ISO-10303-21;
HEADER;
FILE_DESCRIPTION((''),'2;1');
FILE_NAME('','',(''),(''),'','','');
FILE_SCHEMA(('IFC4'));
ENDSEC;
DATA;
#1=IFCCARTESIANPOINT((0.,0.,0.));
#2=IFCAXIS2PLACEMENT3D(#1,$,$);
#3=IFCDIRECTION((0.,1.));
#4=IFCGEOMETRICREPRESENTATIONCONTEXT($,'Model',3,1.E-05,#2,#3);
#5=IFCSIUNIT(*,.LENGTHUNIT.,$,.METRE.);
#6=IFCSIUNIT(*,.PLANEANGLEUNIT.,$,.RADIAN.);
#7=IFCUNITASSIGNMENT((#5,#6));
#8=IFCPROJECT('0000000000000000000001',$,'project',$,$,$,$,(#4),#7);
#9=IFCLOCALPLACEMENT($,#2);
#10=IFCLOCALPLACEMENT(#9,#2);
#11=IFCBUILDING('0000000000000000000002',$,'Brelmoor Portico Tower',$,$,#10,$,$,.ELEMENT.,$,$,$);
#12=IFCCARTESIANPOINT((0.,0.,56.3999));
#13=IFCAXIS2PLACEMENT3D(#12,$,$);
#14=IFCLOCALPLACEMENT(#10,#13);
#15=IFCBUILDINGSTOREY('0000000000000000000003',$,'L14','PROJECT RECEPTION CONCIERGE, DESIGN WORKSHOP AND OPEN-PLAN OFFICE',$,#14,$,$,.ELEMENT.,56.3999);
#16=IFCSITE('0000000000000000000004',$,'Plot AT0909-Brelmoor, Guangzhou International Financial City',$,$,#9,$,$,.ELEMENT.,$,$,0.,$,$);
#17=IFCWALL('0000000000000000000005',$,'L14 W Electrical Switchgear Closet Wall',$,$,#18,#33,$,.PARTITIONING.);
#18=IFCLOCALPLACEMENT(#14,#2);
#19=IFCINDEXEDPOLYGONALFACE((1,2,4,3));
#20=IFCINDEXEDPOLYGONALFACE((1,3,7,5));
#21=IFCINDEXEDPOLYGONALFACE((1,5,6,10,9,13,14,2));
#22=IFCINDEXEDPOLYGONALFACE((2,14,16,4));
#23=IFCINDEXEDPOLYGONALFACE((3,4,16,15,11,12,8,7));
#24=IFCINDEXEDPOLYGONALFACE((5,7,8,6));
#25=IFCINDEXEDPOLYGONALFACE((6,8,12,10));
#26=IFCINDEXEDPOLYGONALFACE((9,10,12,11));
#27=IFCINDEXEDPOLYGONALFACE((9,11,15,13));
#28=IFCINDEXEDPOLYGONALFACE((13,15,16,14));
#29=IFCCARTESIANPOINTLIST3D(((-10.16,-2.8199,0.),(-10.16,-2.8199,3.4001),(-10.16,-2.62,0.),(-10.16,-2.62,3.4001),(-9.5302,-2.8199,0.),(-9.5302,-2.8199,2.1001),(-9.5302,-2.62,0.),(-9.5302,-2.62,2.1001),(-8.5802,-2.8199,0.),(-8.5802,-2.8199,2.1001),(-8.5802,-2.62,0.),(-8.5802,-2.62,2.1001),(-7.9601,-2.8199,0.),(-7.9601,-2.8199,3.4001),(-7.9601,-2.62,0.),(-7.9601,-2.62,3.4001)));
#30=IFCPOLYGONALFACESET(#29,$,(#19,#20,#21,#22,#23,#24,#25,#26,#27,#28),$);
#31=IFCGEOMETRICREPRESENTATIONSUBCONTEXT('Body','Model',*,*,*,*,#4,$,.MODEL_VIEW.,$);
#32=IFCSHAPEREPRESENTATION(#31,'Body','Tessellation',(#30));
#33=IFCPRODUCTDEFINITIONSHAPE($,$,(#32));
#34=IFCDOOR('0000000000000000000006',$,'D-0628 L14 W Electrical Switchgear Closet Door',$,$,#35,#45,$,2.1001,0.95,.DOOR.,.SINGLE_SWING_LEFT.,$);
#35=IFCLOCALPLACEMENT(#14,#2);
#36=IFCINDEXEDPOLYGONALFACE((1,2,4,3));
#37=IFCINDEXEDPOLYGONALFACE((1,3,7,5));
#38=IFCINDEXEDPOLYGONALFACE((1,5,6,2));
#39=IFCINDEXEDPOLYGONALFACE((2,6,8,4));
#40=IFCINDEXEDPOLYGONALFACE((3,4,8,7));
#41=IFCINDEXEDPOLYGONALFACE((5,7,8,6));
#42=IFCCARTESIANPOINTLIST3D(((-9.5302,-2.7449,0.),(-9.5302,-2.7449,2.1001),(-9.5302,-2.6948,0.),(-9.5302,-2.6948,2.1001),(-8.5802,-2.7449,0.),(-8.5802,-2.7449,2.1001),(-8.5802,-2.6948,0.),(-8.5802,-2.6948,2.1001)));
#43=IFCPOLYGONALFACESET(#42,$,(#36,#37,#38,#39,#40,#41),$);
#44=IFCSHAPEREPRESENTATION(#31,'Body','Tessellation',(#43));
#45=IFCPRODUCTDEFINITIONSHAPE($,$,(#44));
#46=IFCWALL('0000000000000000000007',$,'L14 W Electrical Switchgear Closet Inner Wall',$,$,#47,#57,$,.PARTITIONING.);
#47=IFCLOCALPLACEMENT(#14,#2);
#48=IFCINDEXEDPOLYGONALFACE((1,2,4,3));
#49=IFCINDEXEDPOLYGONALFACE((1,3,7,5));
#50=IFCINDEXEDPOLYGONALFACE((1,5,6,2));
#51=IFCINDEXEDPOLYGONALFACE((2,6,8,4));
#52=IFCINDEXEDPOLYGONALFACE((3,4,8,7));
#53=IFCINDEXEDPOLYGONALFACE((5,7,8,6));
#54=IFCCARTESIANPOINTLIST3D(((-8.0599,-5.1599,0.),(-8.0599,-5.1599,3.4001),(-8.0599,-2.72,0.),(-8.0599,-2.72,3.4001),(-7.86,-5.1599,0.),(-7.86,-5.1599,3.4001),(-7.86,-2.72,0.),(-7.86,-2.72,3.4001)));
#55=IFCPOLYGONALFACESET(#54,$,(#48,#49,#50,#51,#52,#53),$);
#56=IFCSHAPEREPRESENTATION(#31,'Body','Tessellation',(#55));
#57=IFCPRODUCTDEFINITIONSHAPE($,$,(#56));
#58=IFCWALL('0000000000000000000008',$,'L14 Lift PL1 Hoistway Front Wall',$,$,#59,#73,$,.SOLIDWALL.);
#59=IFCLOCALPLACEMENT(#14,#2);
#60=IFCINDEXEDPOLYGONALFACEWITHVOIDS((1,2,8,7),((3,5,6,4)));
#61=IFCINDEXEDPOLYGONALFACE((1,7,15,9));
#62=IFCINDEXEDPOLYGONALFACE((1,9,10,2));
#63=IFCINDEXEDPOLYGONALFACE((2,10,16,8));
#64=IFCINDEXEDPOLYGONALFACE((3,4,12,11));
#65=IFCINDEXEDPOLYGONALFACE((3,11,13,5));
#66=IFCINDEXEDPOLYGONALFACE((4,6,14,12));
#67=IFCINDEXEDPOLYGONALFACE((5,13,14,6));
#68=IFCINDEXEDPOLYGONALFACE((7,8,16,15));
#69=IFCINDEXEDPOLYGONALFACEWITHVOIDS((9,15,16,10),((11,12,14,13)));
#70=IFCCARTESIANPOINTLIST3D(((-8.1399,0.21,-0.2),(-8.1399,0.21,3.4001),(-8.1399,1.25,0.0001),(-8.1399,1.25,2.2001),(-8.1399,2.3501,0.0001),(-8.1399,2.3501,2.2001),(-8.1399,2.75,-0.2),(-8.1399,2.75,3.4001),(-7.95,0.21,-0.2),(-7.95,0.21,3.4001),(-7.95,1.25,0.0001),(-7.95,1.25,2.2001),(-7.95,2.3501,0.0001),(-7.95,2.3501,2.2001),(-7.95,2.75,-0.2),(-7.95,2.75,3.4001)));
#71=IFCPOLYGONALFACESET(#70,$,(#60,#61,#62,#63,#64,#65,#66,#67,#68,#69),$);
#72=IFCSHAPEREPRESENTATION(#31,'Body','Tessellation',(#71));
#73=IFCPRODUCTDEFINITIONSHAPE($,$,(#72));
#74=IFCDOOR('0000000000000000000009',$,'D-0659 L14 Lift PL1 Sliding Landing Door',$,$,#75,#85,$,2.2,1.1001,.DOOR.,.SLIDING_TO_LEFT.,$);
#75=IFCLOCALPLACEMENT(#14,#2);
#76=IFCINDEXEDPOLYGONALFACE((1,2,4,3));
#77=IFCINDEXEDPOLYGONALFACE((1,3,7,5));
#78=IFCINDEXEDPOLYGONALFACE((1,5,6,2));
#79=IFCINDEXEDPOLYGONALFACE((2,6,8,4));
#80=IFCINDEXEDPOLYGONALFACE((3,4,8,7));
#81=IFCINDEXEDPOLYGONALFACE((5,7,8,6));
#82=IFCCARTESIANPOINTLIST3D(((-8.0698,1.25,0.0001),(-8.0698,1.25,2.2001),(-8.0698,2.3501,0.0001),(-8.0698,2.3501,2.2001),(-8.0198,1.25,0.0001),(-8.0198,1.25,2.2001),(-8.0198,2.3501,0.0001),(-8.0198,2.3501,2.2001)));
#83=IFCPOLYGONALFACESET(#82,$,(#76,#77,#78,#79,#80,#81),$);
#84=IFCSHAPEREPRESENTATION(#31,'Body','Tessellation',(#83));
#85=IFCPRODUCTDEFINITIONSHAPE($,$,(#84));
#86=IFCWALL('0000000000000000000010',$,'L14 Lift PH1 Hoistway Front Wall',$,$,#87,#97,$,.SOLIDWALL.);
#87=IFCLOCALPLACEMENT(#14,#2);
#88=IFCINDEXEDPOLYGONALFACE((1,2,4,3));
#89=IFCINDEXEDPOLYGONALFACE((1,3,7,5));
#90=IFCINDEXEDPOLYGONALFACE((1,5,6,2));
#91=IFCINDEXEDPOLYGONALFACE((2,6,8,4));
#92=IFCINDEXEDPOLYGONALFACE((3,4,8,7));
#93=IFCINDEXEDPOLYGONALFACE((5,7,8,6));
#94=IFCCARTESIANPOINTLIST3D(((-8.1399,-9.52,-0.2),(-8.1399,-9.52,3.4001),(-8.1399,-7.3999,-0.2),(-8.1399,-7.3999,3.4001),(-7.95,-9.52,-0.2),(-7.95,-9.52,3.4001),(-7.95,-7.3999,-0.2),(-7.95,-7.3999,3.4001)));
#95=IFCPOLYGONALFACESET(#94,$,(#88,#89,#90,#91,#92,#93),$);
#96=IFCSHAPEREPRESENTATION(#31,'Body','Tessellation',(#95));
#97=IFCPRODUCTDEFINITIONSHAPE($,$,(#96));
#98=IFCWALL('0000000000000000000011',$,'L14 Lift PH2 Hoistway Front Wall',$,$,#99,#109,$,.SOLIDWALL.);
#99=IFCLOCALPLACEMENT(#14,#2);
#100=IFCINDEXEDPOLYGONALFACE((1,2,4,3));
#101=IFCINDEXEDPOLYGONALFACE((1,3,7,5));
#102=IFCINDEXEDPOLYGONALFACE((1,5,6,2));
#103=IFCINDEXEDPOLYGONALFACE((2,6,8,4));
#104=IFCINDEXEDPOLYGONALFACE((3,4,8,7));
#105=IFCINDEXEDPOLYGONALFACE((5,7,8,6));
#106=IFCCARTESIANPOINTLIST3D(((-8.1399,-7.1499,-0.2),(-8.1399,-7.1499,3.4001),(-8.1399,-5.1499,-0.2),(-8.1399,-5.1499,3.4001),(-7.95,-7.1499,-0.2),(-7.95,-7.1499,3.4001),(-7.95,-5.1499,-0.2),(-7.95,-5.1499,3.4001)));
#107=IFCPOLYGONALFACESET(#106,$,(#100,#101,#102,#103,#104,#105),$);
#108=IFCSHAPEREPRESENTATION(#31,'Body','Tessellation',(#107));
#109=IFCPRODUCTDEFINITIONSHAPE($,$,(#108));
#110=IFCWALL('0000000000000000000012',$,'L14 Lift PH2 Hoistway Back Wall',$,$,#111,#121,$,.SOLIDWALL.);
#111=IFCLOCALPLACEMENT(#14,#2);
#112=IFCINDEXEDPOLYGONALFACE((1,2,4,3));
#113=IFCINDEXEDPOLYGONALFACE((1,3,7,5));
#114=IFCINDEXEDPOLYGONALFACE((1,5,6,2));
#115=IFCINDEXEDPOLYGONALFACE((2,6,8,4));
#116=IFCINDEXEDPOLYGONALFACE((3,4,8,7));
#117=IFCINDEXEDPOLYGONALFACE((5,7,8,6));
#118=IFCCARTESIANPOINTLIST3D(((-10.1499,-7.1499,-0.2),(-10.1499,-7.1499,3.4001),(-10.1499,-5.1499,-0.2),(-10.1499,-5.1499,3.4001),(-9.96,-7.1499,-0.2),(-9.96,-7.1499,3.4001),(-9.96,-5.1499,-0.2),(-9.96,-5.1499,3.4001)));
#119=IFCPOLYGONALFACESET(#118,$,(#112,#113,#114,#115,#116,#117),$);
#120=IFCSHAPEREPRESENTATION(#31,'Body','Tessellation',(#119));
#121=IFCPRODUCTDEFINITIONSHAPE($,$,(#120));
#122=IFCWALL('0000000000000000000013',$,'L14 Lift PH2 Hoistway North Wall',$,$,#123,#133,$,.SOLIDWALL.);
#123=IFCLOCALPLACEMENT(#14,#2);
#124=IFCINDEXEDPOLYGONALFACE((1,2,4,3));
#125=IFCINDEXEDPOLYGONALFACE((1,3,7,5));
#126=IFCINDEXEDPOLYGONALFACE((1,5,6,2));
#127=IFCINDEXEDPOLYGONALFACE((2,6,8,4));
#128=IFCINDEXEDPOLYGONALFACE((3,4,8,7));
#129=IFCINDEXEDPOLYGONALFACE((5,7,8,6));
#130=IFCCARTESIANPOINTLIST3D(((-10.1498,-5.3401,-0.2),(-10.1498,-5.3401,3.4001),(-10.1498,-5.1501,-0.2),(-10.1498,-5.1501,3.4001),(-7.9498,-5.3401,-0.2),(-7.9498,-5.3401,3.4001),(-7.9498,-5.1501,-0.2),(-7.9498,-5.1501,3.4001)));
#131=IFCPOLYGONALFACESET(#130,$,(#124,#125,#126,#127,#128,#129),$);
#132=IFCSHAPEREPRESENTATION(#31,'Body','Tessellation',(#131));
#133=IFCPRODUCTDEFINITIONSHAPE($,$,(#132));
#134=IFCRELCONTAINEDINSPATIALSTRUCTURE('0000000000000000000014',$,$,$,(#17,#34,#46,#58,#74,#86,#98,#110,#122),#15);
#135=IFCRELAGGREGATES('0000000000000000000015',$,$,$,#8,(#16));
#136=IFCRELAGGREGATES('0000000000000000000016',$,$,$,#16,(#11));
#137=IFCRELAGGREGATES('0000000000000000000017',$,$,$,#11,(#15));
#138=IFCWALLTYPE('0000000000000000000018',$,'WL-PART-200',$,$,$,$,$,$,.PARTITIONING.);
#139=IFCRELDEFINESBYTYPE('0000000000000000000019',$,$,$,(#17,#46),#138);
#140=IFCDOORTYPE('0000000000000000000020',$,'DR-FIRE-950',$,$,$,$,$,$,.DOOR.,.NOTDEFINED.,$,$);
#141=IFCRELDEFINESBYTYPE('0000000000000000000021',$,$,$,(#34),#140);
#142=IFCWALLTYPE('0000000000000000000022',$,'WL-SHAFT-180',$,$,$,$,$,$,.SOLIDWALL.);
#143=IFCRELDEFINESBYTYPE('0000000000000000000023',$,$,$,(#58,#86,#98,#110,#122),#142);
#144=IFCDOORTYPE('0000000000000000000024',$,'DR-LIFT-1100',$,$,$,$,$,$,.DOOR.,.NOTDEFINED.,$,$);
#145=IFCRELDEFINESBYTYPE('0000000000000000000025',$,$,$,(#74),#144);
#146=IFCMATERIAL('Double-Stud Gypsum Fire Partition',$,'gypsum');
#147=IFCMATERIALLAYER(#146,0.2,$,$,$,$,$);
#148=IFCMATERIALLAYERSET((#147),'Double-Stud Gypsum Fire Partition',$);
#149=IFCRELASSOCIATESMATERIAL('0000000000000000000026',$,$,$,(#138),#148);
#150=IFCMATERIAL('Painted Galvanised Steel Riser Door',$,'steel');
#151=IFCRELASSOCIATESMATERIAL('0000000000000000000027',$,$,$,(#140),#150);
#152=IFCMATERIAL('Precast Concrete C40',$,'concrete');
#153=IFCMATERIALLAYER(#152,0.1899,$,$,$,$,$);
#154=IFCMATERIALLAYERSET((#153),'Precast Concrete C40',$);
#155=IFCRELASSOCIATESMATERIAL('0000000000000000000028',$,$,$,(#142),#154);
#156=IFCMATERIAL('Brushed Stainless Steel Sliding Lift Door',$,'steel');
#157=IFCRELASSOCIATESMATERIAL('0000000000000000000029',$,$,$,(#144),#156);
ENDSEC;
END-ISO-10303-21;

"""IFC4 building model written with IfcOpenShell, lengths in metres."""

from ifc_helpers import new_model, si_unit, direction, frame, frame_2d, origin, place, context, subcontext, project, spatial, rectangle, extrude, material, layer, layer_set, type_object, element, fill, save


model = new_model("IFC4")

# Units and contexts
model_context = context("Model", 3, precision=1e-05, world=origin(), true_north=direction((0.0, 1.0)))
body_context = subcontext(model_context, "Body", "Model", "MODEL_VIEW")
ifc_project = project(units=[si_unit("LENGTHUNIT", "METRE"), si_unit("PLANEANGLEUNIT", "RADIAN")], contexts=[model_context])

# Site, building, storey
site_placement = place(None, origin())
site = spatial("IfcSite", under=ifc_project, at=site_placement, Name="Plot AT0909-Brelmoor, Guangzhou International Financial City", CompositionType="ELEMENT", RefElevation=0.0)
building_placement = place(site_placement, origin())
building = spatial("IfcBuilding", under=site, at=building_placement, Name="Brelmoor Portico Tower", CompositionType="ELEMENT")
storey_placement = place(building_placement, frame((0.0, 0.0, 56.3999)))
storey = spatial("IfcBuildingStorey", under=building, at=storey_placement, Name="L14", Description="PROJECT RECEPTION CONCIERGE, DESIGN WORKSHOP AND OPEN-PLAN OFFICE", CompositionType="ELEMENT", Elevation=56.3999)

# Shared definitions
ifc_material_1 = material(Name="Double-Stud Gypsum Fire Partition", Category="gypsum")
ifc_layer_1 = layer(ifc_material_1, 0.2)
ifc_layer_set_1 = layer_set([ifc_layer_1], Name="Double-Stud Gypsum Fire Partition")
wall_type_1 = type_object("IfcWallType", Name="WL-PART-200", PredefinedType="PARTITIONING", material=ifc_layer_set_1)

# Wall, opening, door
wall_1_placement = place(storey_placement, frame((-7.96, -2.72, 0.0), z_axis=(0.0, 0.0, 1.0), x_axis=(-1.0, 0.0, 0.0)))
wall_1 = element("IfcWall", 1, at=wall_1_placement, inside=storey, type_object=wall_type_1, Name="L14 W Electrical Switchgear Closet Wall", PredefinedType="PARTITIONING", context=body_context, shape_type="SweptSolid", body=[
    extrude(rectangle(XDim=2.2, YDim=0.2, at=frame_2d((1.1001, 0.0))), origin(), (0.0, 0.0, 1.0), 3.4001),
])
opening_1_placement = place(wall_1_placement, frame((0.6201, 0.0, 0.0)))
opening_1 = element("IfcOpeningElement", 2, at=opening_1_placement, cuts=wall_1, PredefinedType="OPENING", context=body_context, shape_type="SweptSolid", body=[
    extrude(rectangle(XDim=0.95, YDim=2.1001, at=frame_2d((0.4751, 1.05))), frame((0.0, 0.1099, 0.0), z_axis=(0.0, -1.0, 0.0), x_axis=(1.0, 0.0, 0.0)), (0.0, 0.0, 1.0), 0.22),
])
ifc_material_2 = material(Name="Painted Galvanised Steel Riser Door", Category="steel")
door_type_1 = type_object("IfcDoorType", Name="DR-FIRE-950", OperationType="NOTDEFINED", PredefinedType="DOOR", material=ifc_material_2)
door_1_placement = place(opening_1_placement, origin())
door_1 = element("IfcDoor", 3, at=door_1_placement, inside=storey, type_object=door_type_1, Name="D-0628 L14 W Electrical Switchgear Closet Door", OperationType="SINGLE_SWING_LEFT", OverallHeight=2.1001, OverallWidth=0.95, PredefinedType="DOOR", context=body_context, shape_type="SweptSolid", body=[
    extrude(rectangle(XDim=0.95, YDim=2.1001, at=frame_2d((0.4751, 1.05))), frame((0.0, 0.0249, 0.0), z_axis=(0.0, -1.0, 0.0), x_axis=(1.0, 0.0, 0.0)), (0.0, 0.0, 1.0), 0.05),
])
fill(opening_1, door_1)

# Wall
wall_2_placement = place(storey_placement, frame((-7.96, -5.1599, 0.0), z_axis=(0.0, 0.0, 1.0), x_axis=(0.0, 1.0, 0.0)))
element("IfcWall", 4, at=wall_2_placement, inside=storey, type_object=wall_type_1, Name="L14 W Electrical Switchgear Closet Inner Wall", PredefinedType="PARTITIONING", context=body_context, shape_type="SweptSolid", body=[
    extrude(rectangle(XDim=2.4399, YDim=0.2, at=frame_2d((1.22, 0.0))), origin(), (0.0, 0.0, 1.0), 3.4001),
])

# Wall, opening, door
ifc_material_3 = material(Name="Precast Concrete C40", Category="concrete")
ifc_layer_2 = layer(ifc_material_3, 0.1899)
ifc_layer_set_2 = layer_set([ifc_layer_2], Name="Precast Concrete C40")
wall_type_2 = type_object("IfcWallType", Name="WL-SHAFT-180", PredefinedType="SOLIDWALL", material=ifc_layer_set_2)
wall_3_placement = place(storey_placement, frame((-8.0449, 0.21, -0.2), z_axis=(0.0, 0.0, 1.0), x_axis=(0.0, 1.0, 0.0)))
wall_3 = element("IfcWall", 5, at=wall_3_placement, inside=storey, type_object=wall_type_2, Name="L14 Lift PL1 Hoistway Front Wall", PredefinedType="SOLIDWALL", context=body_context, shape_type="SweptSolid", body=[
    extrude(rectangle(XDim=2.54, YDim=0.1899, at=frame_2d((1.27, 0.0))), origin(), (0.0, 0.0, 1.0), 3.6001),
])
opening_2_placement = place(wall_3_placement, frame((1.04, 0.0, 0.2)))
opening_2 = element("IfcOpeningElement", 6, at=opening_2_placement, cuts=wall_3, PredefinedType="OPENING", context=body_context, shape_type="SweptSolid", body=[
    extrude(rectangle(XDim=1.1001, YDim=2.2, at=frame_2d((0.55, 1.1001))), frame((0.0, 0.105, 0.0), z_axis=(0.0, -1.0, 0.0), x_axis=(1.0, 0.0, 0.0)), (0.0, 0.0, 1.0), 0.21),
])
ifc_material_4 = material(Name="Brushed Stainless Steel Sliding Lift Door", Category="steel")
door_type_2 = type_object("IfcDoorType", Name="DR-LIFT-1100", OperationType="NOTDEFINED", PredefinedType="DOOR", material=ifc_material_4)
door_2_placement = place(opening_2_placement, origin())
door_2 = element("IfcDoor", 7, at=door_2_placement, inside=storey, type_object=door_type_2, Name="D-0659 L14 Lift PL1 Sliding Landing Door", OperationType="SLIDING_TO_LEFT", OverallHeight=2.2, OverallWidth=1.1001, PredefinedType="DOOR", context=body_context, shape_type="SweptSolid", body=[
    extrude(rectangle(XDim=1.1001, YDim=2.2, at=frame_2d((0.55, 1.1001))), frame((0.0, 0.0249, 0.0), z_axis=(0.0, -1.0, 0.0), x_axis=(1.0, 0.0, 0.0)), (0.0, 0.0, 1.0), 0.05),
])
fill(opening_2, door_2)

# Walls
wall_4_placement = place(storey_placement, frame((-8.0449, -9.52, -0.2), z_axis=(0.0, 0.0, 1.0), x_axis=(0.0, 1.0, 0.0)))
element("IfcWall", 8, at=wall_4_placement, inside=storey, type_object=wall_type_2, Name="L14 Lift PH1 Hoistway Front Wall", PredefinedType="SOLIDWALL", context=body_context, shape_type="SweptSolid", body=[
    extrude(rectangle(XDim=2.1201, YDim=0.1899, at=frame_2d((1.0601, 0.0))), origin(), (0.0, 0.0, 1.0), 3.6001),
])
for number, where, z_axis, x_axis, name in (
    (9, (-8.0449, -7.1499, -0.2), (0.0, 0.0, 1.0), (0.0, 1.0, 0.0), "L14 Lift PH2 Hoistway Front Wall"),
    (10, (-10.0549, -7.1499, -0.2), (0.0, 0.0, 1.0), (0.0, 1.0, 0.0), "L14 Lift PH2 Hoistway Back Wall"),
):
    element("IfcWall", number, at=place(storey_placement, frame(where, z_axis=z_axis, x_axis=x_axis)), inside=storey, type_object=wall_type_2, Name=name, PredefinedType="SOLIDWALL", context=body_context, shape_type="SweptSolid", body=[
        extrude(rectangle(XDim=2.0, YDim=0.1899, at=frame_2d((1.0, 0.0))), origin(), (0.0, 0.0, 1.0), 3.6001),
    ])
wall_5_placement = place(storey_placement, frame((-10.1499, -5.2451, -0.2), z_axis=(0.0, 0.0, 1.0), x_axis=(1.0, 0.0, 0.0)))
element("IfcWall", 11, at=wall_5_placement, inside=storey, type_object=wall_type_2, Name="L14 Lift PH2 Hoistway North Wall", PredefinedType="SOLIDWALL", context=body_context, shape_type="SweptSolid", body=[
    extrude(rectangle(XDim=2.2, YDim=0.1899, at=frame_2d((1.1001, 0.0))), origin(), (0.0, 0.0, 1.0), 3.6001),
])

save(model, "model.ifc")
